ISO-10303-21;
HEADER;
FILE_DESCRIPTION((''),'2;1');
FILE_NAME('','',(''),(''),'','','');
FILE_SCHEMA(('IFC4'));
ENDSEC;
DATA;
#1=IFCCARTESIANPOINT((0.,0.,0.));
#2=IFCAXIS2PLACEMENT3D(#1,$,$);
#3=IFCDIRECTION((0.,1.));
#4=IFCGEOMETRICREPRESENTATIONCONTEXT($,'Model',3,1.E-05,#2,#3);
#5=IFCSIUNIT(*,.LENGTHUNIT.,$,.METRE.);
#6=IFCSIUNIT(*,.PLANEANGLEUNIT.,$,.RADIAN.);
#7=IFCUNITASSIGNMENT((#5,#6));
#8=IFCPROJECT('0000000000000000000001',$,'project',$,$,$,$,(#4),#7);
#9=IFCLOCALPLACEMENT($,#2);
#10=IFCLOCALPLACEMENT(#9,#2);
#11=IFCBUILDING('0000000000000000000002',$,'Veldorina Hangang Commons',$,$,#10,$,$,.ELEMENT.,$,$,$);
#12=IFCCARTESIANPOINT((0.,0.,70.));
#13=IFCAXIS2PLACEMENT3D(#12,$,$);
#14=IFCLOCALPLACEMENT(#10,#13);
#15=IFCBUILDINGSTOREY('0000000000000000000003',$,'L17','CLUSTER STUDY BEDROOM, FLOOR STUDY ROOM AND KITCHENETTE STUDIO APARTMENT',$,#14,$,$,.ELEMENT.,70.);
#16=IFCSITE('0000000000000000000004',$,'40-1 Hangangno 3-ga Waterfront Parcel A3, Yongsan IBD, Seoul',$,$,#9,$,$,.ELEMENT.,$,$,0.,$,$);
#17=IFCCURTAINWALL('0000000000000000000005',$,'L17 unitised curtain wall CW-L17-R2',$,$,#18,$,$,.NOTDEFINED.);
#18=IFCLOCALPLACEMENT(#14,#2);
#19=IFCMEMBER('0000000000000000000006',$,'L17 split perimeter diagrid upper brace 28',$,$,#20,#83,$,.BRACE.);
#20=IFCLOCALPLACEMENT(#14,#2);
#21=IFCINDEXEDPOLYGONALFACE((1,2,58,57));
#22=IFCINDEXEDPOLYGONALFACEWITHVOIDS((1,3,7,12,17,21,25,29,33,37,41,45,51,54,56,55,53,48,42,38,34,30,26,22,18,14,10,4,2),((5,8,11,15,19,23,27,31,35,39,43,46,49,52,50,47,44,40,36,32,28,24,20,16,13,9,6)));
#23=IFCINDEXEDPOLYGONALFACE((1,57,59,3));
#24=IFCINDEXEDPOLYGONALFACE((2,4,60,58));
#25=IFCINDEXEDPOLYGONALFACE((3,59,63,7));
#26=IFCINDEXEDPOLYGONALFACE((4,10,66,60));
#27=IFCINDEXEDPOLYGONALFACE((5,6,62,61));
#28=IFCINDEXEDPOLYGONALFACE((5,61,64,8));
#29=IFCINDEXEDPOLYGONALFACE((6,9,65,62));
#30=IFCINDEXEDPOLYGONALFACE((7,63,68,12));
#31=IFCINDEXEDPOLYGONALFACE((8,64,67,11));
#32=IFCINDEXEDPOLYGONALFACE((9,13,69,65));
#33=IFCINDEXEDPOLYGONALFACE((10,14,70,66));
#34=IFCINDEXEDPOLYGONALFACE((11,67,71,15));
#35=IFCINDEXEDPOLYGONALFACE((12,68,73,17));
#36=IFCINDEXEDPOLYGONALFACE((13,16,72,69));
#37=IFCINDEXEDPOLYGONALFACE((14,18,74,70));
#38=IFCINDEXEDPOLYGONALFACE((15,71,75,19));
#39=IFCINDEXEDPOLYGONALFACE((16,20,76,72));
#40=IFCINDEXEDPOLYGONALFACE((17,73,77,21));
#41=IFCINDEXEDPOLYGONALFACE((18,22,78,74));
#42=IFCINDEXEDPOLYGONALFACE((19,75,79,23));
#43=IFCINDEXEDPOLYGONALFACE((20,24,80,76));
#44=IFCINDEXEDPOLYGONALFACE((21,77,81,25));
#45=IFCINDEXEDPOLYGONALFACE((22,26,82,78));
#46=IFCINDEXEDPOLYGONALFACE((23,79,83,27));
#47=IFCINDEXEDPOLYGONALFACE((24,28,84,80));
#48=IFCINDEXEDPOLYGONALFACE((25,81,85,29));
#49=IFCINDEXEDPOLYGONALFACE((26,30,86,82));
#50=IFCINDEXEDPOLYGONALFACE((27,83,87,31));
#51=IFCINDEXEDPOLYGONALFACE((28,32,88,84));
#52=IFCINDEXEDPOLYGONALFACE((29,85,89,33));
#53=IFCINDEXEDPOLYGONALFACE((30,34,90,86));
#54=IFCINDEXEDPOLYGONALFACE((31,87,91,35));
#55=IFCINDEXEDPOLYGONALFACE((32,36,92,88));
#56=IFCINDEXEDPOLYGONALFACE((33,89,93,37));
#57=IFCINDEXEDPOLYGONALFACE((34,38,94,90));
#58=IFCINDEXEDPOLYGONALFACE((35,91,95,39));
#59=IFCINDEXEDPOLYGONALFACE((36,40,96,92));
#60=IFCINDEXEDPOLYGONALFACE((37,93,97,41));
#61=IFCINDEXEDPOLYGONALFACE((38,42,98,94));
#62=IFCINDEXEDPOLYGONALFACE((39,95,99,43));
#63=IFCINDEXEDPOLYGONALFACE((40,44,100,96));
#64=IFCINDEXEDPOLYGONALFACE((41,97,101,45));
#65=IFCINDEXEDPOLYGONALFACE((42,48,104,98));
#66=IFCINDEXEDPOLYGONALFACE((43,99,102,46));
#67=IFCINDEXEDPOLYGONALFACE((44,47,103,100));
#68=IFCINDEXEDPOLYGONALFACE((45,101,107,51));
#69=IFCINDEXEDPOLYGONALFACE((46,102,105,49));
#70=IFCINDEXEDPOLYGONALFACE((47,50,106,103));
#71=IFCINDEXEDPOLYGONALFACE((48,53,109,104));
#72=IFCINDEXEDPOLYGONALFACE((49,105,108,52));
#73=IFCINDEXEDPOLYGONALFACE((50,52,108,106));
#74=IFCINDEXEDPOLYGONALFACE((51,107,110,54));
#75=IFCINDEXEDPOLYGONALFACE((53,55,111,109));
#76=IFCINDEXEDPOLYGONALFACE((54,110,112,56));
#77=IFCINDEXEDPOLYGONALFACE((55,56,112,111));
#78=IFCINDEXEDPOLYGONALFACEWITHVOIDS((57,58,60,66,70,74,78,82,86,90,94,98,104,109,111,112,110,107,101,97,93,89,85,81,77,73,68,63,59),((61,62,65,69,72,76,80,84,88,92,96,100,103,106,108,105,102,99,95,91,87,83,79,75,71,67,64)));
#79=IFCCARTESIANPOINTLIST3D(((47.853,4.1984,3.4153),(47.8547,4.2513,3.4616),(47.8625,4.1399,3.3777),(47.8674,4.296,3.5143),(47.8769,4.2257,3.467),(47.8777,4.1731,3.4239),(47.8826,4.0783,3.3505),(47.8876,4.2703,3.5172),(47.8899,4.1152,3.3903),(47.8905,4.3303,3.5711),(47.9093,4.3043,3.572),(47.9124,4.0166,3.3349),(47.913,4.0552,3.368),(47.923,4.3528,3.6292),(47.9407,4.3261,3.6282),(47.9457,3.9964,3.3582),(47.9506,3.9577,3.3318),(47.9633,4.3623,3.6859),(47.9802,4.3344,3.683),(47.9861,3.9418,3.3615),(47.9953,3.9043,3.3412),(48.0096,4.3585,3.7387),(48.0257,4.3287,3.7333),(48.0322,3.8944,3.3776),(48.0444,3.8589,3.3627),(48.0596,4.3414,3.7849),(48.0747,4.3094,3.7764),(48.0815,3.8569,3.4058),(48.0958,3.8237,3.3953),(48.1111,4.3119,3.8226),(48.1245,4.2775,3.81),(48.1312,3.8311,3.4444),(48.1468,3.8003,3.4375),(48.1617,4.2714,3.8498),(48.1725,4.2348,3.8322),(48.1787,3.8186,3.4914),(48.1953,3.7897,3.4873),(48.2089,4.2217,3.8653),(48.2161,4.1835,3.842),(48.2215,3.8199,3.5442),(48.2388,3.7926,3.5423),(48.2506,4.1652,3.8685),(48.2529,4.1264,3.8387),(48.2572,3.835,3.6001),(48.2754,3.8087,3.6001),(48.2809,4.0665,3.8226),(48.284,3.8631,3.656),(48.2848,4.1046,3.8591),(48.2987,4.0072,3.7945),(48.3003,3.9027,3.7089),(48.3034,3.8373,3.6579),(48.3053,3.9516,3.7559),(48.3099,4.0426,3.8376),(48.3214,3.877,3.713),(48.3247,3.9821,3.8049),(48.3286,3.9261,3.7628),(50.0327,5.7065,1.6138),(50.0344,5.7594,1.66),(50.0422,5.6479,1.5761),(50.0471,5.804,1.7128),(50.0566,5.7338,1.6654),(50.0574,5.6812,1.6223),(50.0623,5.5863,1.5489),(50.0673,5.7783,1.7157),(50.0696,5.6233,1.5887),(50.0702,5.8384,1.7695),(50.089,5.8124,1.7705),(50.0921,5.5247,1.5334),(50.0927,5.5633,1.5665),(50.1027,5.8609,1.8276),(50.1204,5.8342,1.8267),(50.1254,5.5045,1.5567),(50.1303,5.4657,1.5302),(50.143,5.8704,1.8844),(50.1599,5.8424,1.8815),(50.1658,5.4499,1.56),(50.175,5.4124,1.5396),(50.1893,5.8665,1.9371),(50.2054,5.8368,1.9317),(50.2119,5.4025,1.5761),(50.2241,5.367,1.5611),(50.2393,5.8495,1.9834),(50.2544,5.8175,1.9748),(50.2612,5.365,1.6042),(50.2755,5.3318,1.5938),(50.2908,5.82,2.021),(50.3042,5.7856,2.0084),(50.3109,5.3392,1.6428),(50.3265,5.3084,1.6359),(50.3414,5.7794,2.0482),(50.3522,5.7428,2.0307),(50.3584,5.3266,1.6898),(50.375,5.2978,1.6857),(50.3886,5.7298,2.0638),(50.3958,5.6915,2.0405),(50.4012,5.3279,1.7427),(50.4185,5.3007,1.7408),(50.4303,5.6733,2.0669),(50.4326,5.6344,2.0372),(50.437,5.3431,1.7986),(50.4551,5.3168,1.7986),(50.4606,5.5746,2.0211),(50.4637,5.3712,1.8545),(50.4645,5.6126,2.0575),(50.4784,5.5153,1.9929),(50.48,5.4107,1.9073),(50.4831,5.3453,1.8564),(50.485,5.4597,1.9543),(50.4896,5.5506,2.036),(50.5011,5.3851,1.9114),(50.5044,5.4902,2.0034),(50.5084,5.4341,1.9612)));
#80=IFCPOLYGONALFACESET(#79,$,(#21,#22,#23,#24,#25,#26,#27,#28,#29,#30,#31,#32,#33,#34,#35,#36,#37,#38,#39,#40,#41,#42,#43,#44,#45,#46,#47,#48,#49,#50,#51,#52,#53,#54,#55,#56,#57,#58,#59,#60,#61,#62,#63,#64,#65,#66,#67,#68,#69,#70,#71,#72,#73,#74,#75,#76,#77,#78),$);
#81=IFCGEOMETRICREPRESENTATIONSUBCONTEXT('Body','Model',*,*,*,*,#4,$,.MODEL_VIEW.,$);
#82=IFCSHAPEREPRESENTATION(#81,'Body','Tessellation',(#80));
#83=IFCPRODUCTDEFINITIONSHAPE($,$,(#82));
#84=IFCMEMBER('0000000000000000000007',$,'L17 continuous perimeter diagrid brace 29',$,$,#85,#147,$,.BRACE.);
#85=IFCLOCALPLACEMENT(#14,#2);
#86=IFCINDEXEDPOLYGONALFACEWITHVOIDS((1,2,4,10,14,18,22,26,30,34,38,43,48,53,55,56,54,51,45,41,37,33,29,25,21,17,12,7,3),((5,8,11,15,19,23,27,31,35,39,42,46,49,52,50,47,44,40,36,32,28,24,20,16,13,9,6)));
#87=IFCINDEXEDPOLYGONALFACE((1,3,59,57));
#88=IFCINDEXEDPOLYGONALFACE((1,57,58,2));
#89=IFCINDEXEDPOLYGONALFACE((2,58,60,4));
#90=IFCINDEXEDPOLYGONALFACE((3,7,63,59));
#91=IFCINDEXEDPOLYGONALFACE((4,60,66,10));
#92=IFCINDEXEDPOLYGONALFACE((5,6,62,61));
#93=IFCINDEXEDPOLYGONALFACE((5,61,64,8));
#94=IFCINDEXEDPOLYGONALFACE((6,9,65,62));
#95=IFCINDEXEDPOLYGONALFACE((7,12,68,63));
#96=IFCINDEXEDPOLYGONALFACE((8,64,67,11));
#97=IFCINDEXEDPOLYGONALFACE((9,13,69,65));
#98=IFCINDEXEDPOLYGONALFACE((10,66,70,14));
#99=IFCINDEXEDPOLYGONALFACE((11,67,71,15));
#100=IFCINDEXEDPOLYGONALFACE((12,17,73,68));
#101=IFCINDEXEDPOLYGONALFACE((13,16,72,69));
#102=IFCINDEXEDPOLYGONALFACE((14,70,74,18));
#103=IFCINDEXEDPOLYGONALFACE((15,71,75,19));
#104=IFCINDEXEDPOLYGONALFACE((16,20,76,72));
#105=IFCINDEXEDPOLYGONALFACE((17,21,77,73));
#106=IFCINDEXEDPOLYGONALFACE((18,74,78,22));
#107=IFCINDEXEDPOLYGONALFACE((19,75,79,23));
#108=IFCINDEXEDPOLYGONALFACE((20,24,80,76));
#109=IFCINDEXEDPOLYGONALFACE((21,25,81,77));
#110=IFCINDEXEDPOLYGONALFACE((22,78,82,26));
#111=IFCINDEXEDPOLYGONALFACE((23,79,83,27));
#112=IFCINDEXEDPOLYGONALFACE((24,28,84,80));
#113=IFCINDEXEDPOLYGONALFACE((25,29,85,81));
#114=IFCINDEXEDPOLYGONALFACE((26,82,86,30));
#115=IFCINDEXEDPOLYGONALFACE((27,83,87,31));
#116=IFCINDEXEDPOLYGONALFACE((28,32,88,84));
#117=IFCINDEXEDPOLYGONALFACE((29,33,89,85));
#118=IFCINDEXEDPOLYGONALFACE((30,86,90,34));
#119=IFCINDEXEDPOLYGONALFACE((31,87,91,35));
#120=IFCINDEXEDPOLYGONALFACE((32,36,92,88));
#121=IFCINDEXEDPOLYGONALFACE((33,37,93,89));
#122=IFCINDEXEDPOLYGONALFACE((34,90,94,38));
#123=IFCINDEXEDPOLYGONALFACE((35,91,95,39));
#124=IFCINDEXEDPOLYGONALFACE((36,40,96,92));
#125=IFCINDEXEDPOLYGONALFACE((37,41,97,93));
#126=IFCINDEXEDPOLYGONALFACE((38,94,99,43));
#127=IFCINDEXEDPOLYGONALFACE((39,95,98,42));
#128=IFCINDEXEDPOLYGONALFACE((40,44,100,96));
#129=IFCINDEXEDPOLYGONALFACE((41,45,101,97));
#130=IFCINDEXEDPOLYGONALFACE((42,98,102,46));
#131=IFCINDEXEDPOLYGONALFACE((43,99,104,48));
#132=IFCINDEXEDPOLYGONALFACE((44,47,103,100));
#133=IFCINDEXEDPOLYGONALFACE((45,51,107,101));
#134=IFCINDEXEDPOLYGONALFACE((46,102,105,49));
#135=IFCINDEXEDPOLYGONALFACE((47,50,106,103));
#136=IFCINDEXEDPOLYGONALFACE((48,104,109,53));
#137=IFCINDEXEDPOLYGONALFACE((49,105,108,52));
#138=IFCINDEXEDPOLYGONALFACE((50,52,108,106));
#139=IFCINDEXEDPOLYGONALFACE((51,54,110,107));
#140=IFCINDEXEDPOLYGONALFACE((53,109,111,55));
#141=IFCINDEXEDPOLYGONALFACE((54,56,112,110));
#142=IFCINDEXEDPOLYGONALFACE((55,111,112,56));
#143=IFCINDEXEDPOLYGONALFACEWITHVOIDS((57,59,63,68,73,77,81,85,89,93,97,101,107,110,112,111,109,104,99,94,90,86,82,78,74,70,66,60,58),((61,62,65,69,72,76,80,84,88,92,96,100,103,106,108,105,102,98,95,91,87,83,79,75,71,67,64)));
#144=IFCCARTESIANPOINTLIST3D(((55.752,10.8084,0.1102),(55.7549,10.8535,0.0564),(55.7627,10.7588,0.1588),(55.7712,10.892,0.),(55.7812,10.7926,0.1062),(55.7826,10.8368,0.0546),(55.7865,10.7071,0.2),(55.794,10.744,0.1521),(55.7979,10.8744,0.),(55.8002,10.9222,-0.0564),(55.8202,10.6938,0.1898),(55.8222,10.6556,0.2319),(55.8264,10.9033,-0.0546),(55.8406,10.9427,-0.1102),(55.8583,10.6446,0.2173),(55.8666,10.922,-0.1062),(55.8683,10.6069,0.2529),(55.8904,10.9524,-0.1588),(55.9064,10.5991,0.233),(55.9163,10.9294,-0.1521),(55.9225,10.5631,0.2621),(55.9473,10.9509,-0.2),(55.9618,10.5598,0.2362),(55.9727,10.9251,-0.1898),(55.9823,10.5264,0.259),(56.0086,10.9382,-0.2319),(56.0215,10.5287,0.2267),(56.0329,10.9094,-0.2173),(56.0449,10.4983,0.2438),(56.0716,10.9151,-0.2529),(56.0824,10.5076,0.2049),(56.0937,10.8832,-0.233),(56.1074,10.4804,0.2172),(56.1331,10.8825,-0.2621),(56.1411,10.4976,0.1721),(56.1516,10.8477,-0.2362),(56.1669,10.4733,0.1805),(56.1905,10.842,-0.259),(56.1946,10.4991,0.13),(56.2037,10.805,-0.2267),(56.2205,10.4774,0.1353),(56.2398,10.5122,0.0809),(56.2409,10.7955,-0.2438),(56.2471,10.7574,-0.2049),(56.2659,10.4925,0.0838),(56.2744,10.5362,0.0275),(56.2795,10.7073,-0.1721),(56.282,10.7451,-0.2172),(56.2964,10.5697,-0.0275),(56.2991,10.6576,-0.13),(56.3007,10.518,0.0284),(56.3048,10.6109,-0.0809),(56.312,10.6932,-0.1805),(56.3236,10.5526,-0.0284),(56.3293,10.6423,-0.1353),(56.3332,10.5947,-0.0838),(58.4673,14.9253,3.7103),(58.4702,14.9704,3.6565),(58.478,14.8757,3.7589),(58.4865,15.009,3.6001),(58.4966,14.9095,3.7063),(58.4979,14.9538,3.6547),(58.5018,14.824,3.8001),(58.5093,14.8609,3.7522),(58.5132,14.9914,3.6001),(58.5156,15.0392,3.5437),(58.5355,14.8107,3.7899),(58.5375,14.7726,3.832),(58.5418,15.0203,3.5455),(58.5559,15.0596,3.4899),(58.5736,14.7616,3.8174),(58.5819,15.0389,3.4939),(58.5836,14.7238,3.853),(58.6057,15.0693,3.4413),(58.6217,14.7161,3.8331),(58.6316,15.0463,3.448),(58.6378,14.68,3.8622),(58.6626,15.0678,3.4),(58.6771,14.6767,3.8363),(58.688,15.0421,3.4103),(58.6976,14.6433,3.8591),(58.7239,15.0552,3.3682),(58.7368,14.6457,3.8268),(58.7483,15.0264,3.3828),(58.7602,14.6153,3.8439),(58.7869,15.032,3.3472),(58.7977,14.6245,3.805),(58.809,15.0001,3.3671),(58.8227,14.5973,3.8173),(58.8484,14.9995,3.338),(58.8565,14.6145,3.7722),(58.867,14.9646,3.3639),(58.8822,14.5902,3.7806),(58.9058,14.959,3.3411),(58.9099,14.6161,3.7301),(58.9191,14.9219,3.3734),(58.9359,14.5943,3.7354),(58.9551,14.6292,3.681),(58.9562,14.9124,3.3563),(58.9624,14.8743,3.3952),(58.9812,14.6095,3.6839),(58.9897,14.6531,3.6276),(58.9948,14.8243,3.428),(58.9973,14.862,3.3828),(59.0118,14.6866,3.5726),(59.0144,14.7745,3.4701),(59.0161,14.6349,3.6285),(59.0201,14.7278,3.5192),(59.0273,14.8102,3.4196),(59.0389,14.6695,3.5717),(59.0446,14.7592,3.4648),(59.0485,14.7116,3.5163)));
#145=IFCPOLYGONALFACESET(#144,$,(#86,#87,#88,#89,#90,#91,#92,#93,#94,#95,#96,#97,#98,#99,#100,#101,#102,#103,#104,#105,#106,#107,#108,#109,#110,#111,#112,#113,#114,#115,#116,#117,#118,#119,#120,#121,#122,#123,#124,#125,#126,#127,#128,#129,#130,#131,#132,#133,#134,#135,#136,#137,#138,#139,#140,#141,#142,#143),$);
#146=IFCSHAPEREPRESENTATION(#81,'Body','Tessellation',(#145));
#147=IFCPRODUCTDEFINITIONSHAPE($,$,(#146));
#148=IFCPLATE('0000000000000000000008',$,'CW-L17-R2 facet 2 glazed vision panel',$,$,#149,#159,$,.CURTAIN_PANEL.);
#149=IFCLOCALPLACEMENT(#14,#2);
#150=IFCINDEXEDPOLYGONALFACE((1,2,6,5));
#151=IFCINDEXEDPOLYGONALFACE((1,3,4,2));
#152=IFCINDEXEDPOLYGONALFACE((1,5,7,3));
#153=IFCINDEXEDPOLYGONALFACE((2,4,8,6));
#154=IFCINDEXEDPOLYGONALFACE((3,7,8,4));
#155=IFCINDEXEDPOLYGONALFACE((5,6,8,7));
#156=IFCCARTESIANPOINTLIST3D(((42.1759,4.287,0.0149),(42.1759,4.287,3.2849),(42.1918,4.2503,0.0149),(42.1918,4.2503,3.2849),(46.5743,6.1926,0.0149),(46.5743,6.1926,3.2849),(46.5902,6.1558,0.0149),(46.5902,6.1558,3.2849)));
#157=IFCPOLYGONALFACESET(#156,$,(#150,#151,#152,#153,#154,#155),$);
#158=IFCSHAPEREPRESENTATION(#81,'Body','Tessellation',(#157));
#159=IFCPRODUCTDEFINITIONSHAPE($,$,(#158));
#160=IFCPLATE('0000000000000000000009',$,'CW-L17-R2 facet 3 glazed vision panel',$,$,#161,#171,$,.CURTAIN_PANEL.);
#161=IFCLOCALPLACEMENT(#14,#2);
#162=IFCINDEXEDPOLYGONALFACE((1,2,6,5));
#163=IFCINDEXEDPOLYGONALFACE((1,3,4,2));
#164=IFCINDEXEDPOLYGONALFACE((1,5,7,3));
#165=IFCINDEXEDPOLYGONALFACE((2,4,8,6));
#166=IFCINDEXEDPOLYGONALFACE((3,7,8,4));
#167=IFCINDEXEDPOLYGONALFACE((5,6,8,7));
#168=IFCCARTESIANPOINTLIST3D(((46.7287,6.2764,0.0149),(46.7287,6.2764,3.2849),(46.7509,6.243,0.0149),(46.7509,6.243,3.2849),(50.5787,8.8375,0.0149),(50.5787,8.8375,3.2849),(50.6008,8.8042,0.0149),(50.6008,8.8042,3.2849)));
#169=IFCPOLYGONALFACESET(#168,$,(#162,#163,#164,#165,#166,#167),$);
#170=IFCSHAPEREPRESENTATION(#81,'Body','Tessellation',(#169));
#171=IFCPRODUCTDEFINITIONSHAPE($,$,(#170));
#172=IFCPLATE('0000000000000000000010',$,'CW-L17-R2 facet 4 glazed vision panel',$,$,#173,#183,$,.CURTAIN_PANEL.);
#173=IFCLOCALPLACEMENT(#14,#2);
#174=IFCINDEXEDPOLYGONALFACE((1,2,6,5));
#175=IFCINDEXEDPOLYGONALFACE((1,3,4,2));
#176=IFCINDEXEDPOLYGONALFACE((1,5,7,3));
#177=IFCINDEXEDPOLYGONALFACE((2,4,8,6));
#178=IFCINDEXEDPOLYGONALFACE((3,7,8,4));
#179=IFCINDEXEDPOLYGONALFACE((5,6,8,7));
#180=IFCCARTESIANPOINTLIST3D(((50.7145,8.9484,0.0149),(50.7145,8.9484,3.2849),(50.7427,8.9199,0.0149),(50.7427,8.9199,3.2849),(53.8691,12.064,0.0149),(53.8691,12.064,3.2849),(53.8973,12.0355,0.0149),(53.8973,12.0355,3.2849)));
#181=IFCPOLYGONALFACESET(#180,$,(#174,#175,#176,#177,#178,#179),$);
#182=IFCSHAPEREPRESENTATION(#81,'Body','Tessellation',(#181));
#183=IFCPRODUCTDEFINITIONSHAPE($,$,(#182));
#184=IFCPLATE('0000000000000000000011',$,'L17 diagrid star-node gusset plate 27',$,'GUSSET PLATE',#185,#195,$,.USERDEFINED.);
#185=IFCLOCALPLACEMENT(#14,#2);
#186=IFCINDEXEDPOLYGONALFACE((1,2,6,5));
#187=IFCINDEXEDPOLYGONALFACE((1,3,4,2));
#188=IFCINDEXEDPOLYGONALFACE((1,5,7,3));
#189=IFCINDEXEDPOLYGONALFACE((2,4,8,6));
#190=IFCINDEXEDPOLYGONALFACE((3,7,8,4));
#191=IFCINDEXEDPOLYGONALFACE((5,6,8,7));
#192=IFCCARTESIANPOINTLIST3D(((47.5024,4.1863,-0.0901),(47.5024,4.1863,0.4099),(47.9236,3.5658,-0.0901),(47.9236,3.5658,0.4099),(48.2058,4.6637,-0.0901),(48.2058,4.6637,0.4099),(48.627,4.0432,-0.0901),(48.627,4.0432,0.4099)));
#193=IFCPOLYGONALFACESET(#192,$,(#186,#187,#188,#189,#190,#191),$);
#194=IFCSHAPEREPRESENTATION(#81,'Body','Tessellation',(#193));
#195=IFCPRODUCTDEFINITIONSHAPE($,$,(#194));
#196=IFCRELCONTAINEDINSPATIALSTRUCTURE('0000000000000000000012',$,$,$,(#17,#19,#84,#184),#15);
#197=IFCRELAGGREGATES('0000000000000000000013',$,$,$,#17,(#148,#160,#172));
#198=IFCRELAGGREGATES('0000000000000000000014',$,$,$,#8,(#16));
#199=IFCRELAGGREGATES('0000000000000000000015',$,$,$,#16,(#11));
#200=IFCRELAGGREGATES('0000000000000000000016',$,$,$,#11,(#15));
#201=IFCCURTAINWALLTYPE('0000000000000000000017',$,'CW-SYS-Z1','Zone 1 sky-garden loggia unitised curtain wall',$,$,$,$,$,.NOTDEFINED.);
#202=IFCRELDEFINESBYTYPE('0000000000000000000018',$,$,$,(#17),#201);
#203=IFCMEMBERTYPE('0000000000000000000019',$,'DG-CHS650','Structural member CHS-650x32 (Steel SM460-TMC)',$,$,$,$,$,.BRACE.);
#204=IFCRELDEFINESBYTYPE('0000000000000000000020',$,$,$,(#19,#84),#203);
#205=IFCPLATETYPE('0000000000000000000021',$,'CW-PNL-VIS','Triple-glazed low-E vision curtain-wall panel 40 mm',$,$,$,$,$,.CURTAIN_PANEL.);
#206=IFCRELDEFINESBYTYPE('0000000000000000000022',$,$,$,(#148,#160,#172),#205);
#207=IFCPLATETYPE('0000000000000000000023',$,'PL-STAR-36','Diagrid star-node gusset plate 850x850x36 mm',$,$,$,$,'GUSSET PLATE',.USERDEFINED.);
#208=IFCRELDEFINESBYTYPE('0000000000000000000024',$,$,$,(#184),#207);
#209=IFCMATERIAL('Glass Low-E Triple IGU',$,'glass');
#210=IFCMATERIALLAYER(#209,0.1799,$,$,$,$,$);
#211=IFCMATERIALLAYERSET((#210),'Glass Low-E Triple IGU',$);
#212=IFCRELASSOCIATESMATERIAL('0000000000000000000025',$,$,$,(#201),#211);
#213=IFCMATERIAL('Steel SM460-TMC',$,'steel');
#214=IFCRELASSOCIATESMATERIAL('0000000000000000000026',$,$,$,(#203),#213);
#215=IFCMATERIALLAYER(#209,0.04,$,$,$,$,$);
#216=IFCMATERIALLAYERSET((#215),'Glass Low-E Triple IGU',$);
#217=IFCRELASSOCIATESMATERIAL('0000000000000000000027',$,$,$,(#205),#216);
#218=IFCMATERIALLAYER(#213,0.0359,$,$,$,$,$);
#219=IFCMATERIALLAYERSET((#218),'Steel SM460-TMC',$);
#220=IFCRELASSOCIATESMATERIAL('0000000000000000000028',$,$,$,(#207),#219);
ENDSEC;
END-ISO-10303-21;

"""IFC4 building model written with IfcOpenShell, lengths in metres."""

from ifc_helpers import new_model, si_unit, direction, frame, origin, origin_2d, place, context, subcontext, project, spatial, rectangle, hollow_circle, extrude, material, layer, layer_set, material_profile, profile_set, type_object, element, aggregate, save


model = new_model("IFC4")

# Units and contexts
model_context = context("Model", 3, precision=1e-05, world=origin(), true_north=direction((0.0, 1.0)))
body_context = subcontext(model_context, "Body", "Model", "MODEL_VIEW")
ifc_project = project(units=[si_unit("LENGTHUNIT", "METRE"), si_unit("PLANEANGLEUNIT", "RADIAN")], contexts=[model_context])

# Site, building, storey
site_placement = place(None, origin())
site = spatial("IfcSite", under=ifc_project, at=site_placement, Name="40-1 Hangangno 3-ga Waterfront Parcel A3, Yongsan IBD, Seoul", CompositionType="ELEMENT", RefElevation=0.0)
building_placement = place(site_placement, origin())
building = spatial("IfcBuilding", under=site, at=building_placement, Name="Veldorina Hangang Commons", CompositionType="ELEMENT")
storey_placement = place(building_placement, frame((0.0, 0.0, 70.0)))
storey = spatial("IfcBuildingStorey", under=building, at=storey_placement, Name="L17", Description="CLUSTER STUDY BEDROOM, FLOOR STUDY ROOM AND KITCHENETTE STUDIO APARTMENT", CompositionType="ELEMENT", Elevation=70.0)

# Curtain wall
ifc_material_1 = material(Name="Glass Low-E Triple IGU", Category="glass")
ifc_layer_1 = layer(ifc_material_1, 0.1799)
ifc_layer_set_1 = layer_set([ifc_layer_1], Name="Glass Low-E Triple IGU")
curtain_wall_type = type_object("IfcCurtainWallType", Name="CW-SYS-Z1", Description="Zone 1 sky-garden loggia unitised curtain wall", PredefinedType="NOTDEFINED", material=ifc_layer_set_1)
curtain_wall_placement = place(storey_placement, origin())
curtain_wall = element("IfcCurtainWall", 1, at=curtain_wall_placement, inside=storey, type_object=curtain_wall_type, Name="L17 unitised curtain wall CW-L17-R2", PredefinedType="NOTDEFINED")

# Members
ifc_material_2 = material(Name="Steel SM460-TMC", Category="steel")
ifc_material_profile_1 = material_profile(ifc_material_2, hollow_circle(Radius=0.325, WallThickness=0.032, at=origin_2d()), Name="CHS-650x32")
ifc_profile_set_1 = profile_set([ifc_material_profile_1], Name="Steel SM460-TMC")
member_type_1 = type_object("IfcMemberType", Name="DG-CHS650", Description="Structural member CHS-650x32 (Steel SM460-TMC)", PredefinedType="BRACE", material=ifc_profile_set_1)
member_1_placement = place(storey_placement, frame((50.2703, 5.584, 1.7986), z_axis=(-0.680133, -0.470562, 0.56213), x_axis=(0.568966, -0.822361, 0.0)))
element("IfcMember", 2, at=member_1_placement, inside=storey, type_object=member_type_1, Name="L17 split perimeter diagrid upper brace 28", PredefinedType="BRACE", context=body_context, shape_type="SweptSolid", body=[
    extrude(hollow_circle(Radius=0.325, WallThickness=0.032, at=origin_2d()), origin(), (0.0, 0.0, 1.0), 3.2048),
])
member_2_placement = place(storey_placement, frame((56.0425, 10.7131, 0.0), z_axis=(0.444701, 0.674248, 0.589602), x_axis=(-0.834782, 0.550581, 0.0)))
element("IfcMember", 3, at=member_2_placement, inside=storey, type_object=member_type_1, Name="L17 continuous perimeter diagrid brace 29", PredefinedType="BRACE", context=body_context, shape_type="SweptSolid", body=[
    extrude(hollow_circle(Radius=0.325, WallThickness=0.032, at=origin_2d()), origin(), (0.0, 0.0, 1.0), 6.106),
])

# Plates
ifc_layer_2 = layer(ifc_material_1, 0.04)
ifc_layer_set_2 = layer_set([ifc_layer_2], Name="Glass Low-E Triple IGU")
plate_type_1 = type_object("IfcPlateType", Name="CW-PNL-VIS", Description="Triple-glazed low-E vision curtain-wall panel 40 mm", PredefinedType="CURTAIN_PANEL", material=ifc_layer_set_2)
plate_1_placement = place(storey_placement, frame((44.3831, 5.2214, 0.0149), z_axis=(0.0, 0.0, 1.0), x_axis=(0.917588, 0.397532, 0.0)))
plate_1 = element("IfcPlate", 4, at=plate_1_placement, type_object=plate_type_1, Name="CW-L17-R2 facet 2 glazed vision panel", PredefinedType="CURTAIN_PANEL", context=body_context, shape_type="SweptSolid", body=[
    extrude(rectangle(XDim=4.7935, YDim=0.04, at=origin_2d()), origin(), (0.0, 0.0, 1.0), 3.27),
])
plate_2_placement = place(storey_placement, frame((48.6648, 7.5403, 0.0149), z_axis=(0.0, 0.0, 1.0), x_axis=(0.832593, 0.553886, 0.0)))
plate_2 = element("IfcPlate", 5, at=plate_2_placement, type_object=plate_type_1, Name="CW-L17-R2 facet 3 glazed vision panel", PredefinedType="CURTAIN_PANEL", context=body_context, shape_type="SweptSolid", body=[
    extrude(rectangle(XDim=4.624, YDim=0.04, at=origin_2d()), origin(), (0.0, 0.0, 1.0), 3.27),
])
plate_3_placement = place(storey_placement, frame((52.3059, 10.4919, 0.0149), z_axis=(0.0, 0.0, 1.0), x_axis=(0.711487, 0.7027, 0.0)))
plate_3 = element("IfcPlate", 6, at=plate_3_placement, type_object=plate_type_1, Name="CW-L17-R2 facet 4 glazed vision panel", PredefinedType="CURTAIN_PANEL", context=body_context, shape_type="SweptSolid", body=[
    extrude(rectangle(XDim=4.4338, YDim=0.04, at=origin_2d()), origin(), (0.0, 0.0, 1.0), 3.27),
])
aggregate(curtain_wall, [plate_1, plate_2, plate_3])

# Plate
ifc_layer_3 = layer(ifc_material_2, 0.0359)
ifc_layer_set_3 = layer_set([ifc_layer_3], Name="Steel SM460-TMC")
plate_type_2 = type_object("IfcPlateType", Name="PL-STAR-36", Description="Diagrid star-node gusset plate 850x850x36 mm", ElementType="GUSSET PLATE", PredefinedType="USERDEFINED", material=ifc_layer_set_3)
plate_4_placement = place(storey_placement, frame((48.0647, 4.1147, -0.0901), z_axis=(0.0, 0.0, 1.0), x_axis=(0.827394, 0.561621, 0.0)))
element("IfcPlate", 7, at=plate_4_placement, inside=storey, type_object=plate_type_2, Name="L17 diagrid star-node gusset plate 27", ObjectType="GUSSET PLATE", PredefinedType="USERDEFINED", context=body_context, shape_type="SweptSolid", body=[
    extrude(rectangle(XDim=0.8501, YDim=0.75, at=origin_2d()), origin(), (0.0, 0.0, 1.0), 0.5),
])

save(model, "model.ifc")
